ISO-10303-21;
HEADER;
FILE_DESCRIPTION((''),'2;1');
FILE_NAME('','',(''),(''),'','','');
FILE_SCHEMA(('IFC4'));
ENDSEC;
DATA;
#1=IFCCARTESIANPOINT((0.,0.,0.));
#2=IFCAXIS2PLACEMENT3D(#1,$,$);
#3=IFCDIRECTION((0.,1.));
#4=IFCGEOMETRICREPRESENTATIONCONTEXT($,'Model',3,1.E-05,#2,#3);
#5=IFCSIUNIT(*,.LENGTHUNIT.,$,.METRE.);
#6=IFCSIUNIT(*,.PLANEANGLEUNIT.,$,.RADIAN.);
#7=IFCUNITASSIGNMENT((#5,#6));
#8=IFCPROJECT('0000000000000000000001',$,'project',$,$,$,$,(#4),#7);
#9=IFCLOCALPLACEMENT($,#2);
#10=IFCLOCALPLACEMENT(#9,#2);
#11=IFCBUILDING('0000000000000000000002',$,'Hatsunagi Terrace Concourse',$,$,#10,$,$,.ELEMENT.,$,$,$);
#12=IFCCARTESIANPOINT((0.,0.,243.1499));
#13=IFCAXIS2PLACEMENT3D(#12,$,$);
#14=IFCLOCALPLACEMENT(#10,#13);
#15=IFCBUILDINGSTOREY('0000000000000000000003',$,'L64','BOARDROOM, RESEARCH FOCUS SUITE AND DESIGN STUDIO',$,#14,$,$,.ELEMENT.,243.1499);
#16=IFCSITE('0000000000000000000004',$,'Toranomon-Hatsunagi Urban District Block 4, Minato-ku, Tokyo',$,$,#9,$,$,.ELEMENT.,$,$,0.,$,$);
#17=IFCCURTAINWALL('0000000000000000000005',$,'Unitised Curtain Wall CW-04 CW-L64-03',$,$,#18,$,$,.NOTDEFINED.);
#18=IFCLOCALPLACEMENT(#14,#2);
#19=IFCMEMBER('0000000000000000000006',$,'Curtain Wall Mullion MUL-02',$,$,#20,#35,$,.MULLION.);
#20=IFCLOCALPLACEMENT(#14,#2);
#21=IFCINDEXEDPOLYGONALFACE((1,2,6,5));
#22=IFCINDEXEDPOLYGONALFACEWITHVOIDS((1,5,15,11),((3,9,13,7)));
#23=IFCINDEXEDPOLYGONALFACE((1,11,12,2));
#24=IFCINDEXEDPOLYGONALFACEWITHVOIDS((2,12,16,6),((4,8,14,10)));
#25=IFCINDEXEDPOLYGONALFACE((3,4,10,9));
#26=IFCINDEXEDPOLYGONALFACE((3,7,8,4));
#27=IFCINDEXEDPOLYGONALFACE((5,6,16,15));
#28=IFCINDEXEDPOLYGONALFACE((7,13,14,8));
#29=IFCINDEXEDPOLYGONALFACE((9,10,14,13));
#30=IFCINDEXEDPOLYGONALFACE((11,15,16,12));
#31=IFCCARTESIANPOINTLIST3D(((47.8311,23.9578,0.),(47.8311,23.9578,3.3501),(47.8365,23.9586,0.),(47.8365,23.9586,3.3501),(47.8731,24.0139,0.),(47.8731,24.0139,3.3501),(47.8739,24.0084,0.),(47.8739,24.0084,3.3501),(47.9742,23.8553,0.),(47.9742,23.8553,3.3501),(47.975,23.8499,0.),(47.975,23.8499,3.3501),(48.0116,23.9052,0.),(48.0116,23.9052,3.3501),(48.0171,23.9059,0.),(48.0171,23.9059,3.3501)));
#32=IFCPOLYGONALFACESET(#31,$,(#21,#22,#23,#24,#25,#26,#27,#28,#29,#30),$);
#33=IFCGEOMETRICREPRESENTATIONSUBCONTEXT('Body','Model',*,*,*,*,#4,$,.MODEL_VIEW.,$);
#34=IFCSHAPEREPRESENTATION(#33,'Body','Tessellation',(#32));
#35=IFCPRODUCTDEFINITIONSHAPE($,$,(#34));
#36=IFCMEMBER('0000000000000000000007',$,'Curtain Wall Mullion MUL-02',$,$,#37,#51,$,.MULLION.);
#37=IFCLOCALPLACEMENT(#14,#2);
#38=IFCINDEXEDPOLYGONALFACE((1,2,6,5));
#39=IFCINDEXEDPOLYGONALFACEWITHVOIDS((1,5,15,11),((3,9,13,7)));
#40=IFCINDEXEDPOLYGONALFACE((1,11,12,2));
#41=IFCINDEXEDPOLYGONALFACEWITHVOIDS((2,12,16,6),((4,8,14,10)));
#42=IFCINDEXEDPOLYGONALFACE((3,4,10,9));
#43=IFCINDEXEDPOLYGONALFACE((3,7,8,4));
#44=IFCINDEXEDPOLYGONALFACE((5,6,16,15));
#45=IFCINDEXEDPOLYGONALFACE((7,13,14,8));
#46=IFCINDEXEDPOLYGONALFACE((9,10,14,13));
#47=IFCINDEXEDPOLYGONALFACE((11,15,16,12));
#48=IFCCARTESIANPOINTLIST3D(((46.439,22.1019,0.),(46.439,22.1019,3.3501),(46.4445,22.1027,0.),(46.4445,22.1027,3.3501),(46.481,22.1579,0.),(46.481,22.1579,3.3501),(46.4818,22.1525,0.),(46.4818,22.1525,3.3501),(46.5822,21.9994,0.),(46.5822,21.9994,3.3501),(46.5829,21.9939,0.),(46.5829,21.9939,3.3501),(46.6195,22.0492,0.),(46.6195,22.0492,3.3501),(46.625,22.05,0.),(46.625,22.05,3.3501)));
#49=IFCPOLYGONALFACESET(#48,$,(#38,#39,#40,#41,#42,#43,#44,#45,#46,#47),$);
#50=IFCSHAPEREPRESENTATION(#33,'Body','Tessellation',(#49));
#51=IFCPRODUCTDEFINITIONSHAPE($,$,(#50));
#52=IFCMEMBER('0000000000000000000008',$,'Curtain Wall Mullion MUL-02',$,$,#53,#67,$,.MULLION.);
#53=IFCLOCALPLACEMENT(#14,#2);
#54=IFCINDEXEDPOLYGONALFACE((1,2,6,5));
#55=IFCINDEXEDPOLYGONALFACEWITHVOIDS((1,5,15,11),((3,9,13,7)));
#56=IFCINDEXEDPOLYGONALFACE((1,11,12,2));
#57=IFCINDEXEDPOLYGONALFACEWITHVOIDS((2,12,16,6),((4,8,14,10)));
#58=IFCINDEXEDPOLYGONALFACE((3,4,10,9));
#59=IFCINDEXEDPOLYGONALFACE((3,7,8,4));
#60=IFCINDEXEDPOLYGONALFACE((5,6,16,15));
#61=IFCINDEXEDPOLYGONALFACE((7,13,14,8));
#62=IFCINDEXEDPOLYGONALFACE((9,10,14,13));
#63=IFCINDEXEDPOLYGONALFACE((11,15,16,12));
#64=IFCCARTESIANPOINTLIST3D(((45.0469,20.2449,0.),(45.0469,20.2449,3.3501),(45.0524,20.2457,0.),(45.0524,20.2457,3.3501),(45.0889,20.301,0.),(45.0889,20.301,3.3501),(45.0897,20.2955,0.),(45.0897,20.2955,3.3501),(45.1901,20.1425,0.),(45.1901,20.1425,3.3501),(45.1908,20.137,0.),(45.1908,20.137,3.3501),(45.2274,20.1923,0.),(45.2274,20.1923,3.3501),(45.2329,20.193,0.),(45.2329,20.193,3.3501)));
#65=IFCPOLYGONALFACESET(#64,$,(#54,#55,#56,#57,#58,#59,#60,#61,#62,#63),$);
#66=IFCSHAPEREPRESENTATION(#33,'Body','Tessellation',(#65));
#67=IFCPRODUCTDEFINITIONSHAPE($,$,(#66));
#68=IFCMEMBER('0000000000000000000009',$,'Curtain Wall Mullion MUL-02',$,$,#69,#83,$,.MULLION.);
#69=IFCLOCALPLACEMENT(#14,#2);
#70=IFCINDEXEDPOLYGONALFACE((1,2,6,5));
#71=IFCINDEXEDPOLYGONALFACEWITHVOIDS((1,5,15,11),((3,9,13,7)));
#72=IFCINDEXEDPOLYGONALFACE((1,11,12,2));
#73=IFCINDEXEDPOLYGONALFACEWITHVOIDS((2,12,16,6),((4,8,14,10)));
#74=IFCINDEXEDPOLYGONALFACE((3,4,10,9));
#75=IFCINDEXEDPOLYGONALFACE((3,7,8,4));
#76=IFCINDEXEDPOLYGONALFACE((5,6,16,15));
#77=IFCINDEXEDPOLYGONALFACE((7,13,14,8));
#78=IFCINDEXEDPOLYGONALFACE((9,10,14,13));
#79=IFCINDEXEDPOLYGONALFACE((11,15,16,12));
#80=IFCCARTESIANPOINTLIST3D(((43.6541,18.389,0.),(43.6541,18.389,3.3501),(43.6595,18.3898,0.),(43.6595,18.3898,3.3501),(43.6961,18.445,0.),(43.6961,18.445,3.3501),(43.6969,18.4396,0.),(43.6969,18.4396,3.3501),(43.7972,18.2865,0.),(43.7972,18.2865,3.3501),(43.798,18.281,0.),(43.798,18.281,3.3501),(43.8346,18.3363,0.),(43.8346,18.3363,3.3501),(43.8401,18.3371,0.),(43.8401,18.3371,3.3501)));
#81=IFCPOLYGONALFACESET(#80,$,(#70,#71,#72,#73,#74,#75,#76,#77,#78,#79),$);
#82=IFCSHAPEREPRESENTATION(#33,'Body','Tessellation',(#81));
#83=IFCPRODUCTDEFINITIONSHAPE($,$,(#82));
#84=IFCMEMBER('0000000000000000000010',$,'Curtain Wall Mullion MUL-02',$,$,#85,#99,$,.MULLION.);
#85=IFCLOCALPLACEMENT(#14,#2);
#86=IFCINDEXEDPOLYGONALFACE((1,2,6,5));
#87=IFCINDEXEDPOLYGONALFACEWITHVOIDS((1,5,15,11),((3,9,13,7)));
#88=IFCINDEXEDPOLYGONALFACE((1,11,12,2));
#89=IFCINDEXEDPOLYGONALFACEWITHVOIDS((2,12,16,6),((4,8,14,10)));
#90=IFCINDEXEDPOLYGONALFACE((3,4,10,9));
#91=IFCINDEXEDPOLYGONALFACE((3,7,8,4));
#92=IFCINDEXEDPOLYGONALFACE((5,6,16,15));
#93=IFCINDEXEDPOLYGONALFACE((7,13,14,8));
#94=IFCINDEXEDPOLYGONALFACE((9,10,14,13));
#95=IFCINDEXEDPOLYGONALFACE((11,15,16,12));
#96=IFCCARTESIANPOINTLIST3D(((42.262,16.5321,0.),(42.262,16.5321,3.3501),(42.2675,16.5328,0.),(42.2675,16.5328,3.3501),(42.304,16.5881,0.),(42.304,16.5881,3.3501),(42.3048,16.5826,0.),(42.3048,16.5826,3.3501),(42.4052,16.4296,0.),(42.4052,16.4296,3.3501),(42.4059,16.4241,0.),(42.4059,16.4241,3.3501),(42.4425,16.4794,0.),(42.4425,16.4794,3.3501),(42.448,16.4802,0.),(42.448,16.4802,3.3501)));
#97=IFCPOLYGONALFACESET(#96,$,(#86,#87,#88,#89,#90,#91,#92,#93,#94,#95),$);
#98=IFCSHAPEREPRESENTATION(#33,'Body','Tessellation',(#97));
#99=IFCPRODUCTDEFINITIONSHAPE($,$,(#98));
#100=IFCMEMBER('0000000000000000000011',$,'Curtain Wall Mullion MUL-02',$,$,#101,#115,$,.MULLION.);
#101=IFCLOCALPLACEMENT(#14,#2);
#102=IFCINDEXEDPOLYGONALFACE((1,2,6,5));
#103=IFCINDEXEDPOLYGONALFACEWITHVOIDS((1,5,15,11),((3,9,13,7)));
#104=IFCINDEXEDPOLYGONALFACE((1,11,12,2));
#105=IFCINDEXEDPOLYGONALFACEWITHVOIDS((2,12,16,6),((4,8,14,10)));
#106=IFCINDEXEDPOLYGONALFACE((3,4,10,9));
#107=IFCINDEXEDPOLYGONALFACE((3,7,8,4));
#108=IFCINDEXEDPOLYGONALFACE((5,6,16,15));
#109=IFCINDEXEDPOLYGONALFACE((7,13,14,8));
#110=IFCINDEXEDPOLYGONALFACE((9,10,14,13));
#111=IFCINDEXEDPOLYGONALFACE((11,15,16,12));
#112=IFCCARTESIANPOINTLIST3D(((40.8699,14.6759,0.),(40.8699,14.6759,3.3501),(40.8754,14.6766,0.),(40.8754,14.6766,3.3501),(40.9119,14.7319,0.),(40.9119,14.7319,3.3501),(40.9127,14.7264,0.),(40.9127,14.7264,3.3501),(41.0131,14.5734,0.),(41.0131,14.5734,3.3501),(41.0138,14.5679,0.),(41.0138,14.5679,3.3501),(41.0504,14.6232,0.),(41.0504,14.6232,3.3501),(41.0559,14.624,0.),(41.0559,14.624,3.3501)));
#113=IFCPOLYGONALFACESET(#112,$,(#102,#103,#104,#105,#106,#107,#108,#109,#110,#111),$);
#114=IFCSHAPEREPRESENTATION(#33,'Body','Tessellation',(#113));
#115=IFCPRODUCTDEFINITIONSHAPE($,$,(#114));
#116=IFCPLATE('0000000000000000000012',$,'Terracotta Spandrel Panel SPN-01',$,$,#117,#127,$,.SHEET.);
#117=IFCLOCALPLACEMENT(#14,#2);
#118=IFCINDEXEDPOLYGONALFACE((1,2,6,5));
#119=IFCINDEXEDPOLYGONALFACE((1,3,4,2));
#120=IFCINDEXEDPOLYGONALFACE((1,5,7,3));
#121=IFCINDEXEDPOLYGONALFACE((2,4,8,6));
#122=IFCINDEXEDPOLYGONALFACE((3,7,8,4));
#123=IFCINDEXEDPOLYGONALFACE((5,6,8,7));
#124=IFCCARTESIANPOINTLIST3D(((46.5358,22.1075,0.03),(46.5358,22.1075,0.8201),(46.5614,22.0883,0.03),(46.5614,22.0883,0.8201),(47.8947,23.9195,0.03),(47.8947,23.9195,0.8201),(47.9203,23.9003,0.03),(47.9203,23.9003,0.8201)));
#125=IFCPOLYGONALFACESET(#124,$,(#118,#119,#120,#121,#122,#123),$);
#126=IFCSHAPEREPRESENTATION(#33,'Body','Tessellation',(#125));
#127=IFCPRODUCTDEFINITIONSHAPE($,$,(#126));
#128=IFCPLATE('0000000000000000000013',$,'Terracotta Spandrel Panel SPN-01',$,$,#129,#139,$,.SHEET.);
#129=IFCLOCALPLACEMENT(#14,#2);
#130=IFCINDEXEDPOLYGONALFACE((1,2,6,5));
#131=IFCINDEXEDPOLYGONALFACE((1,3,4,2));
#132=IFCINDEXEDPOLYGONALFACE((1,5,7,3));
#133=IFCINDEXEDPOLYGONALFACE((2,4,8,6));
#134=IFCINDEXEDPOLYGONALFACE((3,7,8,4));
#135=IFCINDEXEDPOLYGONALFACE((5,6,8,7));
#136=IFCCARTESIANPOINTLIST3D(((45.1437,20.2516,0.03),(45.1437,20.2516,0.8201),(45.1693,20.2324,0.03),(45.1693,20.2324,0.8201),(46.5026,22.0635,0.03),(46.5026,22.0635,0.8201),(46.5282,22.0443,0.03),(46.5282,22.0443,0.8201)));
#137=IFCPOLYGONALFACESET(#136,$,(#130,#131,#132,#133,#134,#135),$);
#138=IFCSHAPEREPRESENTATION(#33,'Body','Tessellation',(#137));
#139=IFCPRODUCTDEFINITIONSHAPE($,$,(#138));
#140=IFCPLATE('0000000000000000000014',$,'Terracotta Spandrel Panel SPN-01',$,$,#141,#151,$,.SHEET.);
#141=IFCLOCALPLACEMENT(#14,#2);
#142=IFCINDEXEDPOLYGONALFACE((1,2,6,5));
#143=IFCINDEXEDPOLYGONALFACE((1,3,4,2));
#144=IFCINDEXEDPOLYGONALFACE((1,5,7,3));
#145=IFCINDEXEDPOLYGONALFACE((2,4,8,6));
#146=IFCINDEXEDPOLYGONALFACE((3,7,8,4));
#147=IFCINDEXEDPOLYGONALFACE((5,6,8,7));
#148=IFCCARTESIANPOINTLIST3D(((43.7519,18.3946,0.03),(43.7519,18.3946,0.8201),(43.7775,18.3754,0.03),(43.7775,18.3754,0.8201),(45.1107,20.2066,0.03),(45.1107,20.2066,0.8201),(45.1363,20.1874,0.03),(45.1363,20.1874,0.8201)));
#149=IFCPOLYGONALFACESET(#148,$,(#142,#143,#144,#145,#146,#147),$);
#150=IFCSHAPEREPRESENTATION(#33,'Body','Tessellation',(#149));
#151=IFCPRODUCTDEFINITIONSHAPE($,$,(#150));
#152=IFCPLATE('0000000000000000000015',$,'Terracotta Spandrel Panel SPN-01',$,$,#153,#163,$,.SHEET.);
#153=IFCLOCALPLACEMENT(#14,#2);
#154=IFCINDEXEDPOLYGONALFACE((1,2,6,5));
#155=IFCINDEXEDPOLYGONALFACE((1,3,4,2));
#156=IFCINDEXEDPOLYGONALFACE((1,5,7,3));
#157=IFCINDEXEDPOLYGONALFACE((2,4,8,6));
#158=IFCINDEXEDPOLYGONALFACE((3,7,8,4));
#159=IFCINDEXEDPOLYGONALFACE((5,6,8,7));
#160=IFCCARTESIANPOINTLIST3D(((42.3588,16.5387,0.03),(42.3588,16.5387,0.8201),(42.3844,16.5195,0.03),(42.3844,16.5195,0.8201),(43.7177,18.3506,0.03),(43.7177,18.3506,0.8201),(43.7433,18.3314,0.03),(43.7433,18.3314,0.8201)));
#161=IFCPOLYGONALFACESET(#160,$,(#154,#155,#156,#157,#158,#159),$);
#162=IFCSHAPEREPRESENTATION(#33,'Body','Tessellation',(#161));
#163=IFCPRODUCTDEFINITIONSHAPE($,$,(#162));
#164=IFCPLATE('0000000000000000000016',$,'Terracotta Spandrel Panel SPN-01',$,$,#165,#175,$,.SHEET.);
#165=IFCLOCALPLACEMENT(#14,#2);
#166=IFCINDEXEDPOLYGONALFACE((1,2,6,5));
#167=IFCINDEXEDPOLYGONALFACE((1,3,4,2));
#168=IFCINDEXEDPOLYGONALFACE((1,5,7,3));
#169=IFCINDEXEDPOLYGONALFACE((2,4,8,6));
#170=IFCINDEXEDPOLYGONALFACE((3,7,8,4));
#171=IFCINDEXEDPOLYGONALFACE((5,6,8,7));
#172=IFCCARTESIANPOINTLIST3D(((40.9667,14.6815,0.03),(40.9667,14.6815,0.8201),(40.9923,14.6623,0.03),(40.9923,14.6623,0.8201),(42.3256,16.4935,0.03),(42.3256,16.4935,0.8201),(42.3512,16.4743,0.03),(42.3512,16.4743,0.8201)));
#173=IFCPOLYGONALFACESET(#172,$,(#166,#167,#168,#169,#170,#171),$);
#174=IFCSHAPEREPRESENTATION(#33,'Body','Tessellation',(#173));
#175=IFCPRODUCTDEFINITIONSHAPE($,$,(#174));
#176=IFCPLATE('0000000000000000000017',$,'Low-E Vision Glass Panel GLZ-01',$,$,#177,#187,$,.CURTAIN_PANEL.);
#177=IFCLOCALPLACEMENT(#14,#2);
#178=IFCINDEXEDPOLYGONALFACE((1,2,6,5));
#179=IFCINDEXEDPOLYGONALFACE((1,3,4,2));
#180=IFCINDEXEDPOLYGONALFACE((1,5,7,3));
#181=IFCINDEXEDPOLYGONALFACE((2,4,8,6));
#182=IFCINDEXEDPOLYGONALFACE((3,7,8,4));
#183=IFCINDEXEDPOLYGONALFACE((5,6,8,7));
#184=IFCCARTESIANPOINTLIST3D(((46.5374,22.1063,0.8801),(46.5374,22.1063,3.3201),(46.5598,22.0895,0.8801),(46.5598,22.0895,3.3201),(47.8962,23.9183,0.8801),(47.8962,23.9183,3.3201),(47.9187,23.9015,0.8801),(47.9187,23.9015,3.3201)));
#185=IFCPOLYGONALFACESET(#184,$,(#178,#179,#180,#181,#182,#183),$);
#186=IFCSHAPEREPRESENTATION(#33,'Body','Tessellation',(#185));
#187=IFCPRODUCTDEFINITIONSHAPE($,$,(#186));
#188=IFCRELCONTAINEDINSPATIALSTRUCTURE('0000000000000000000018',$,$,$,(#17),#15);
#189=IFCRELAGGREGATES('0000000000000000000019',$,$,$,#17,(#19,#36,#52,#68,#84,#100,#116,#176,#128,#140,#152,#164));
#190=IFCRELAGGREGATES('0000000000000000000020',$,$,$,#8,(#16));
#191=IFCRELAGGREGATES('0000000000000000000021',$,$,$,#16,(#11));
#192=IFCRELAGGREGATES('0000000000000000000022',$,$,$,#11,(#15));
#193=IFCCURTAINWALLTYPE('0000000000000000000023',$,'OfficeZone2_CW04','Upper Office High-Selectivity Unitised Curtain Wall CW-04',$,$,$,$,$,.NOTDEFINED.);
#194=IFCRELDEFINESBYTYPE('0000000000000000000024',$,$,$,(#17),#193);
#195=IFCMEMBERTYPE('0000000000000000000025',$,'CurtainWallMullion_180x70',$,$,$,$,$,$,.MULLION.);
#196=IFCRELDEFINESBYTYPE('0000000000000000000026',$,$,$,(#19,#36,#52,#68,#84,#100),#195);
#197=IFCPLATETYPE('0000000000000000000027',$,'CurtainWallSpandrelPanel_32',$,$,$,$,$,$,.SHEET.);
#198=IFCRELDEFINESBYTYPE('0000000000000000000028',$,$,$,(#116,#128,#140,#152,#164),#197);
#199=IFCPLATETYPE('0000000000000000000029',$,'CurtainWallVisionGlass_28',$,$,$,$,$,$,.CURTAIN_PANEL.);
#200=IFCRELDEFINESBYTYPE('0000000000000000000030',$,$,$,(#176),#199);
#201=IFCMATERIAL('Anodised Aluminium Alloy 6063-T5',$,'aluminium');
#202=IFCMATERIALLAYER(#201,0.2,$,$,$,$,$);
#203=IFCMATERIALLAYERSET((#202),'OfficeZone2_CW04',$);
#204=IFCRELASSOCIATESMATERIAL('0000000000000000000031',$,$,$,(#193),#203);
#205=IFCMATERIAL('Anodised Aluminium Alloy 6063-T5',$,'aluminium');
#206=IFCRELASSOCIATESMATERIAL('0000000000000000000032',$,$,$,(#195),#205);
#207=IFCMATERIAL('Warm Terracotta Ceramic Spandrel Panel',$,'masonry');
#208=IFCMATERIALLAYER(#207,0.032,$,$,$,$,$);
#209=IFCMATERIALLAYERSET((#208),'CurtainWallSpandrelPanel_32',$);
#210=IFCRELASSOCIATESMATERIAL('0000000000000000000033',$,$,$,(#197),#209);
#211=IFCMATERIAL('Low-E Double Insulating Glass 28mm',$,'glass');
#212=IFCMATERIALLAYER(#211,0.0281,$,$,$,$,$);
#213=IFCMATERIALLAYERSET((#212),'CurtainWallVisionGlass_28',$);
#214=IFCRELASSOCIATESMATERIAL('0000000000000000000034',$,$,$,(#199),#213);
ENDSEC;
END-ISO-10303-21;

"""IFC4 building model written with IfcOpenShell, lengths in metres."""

from ifc_helpers import new_model, si_unit, direction, frame, origin, origin_2d, place, context, subcontext, project, spatial, rectangle, hollow_rectangle, extrude, material, layer, layer_set, material_profile, profile_set, type_object, element, aggregate, save


model = new_model("IFC4")

# Units and contexts
model_context = context("Model", 3, precision=1e-05, world=origin(), true_north=direction((0.0, 1.0)))
body_context = subcontext(model_context, "Body", "Model", "MODEL_VIEW")
ifc_project = project(units=[si_unit("LENGTHUNIT", "METRE"), si_unit("PLANEANGLEUNIT", "RADIAN")], contexts=[model_context])

# Site, building, storey
site_placement = place(None, origin())
site = spatial("IfcSite", under=ifc_project, at=site_placement, Name="Toranomon-Hatsunagi Urban District Block 4, Minato-ku, Tokyo", CompositionType="ELEMENT", RefElevation=0.0)
building_placement = place(site_placement, origin())
building = spatial("IfcBuilding", under=site, at=building_placement, Name="Hatsunagi Terrace Concourse", CompositionType="ELEMENT")
storey_placement = place(building_placement, frame((0.0, 0.0, 243.1499)))
storey = spatial("IfcBuildingStorey", under=building, at=storey_placement, Name="L64", Description="BOARDROOM, RESEARCH FOCUS SUITE AND DESIGN STUDIO", CompositionType="ELEMENT", Elevation=243.1499)

# Curtain wall, members, plates
ifc_material_1 = material(Name="Anodised Aluminium Alloy 6063-T5", Category="aluminium")
ifc_layer_1 = layer(ifc_material_1, 0.2)
ifc_layer_set_1 = layer_set([ifc_layer_1], Name="OfficeZone2_CW04")
curtain_wall_type = type_object("IfcCurtainWallType", Name="OfficeZone2_CW04", Description="Upper Office High-Selectivity Unitised Curtain Wall CW-04", PredefinedType="NOTDEFINED", material=ifc_layer_set_1)
curtain_wall_placement = place(storey_placement, origin())
curtain_wall = element("IfcCurtainWall", 1, at=curtain_wall_placement, inside=storey, type_object=curtain_wall_type, Name="Unitised Curtain Wall CW-04 CW-L64-03", PredefinedType="NOTDEFINED")
ifc_material_2 = material(Name="Anodised Aluminium Alloy 6063-T5", Category="aluminium")
ifc_material_profile = material_profile(ifc_material_2, hollow_rectangle(XDim=0.0701, YDim=0.1799, WallThickness=0.0039, at=origin_2d()), Name="ALU-MUL-180x70x4")
ifc_profile_set = profile_set([ifc_material_profile], Name="Anodised Aluminium Alloy 6063-T5")
member_type = type_object("IfcMemberType", Name="CurtainWallMullion_180x70", PredefinedType="MULLION", material=ifc_profile_set)
member_1_placement = place(storey_placement, frame((47.9241, 23.9319, 0.0), z_axis=(0.0, 0.0, 1.0), x_axis=(-0.599969, -0.800023, 0.0)))
member_1 = element("IfcMember", 2, at=member_1_placement, type_object=member_type, Name="Curtain Wall Mullion MUL-02", PredefinedType="MULLION", context=body_context, shape_type="SweptSolid", body=[
    extrude(hollow_rectangle(XDim=0.0701, YDim=0.1799, WallThickness=0.0039, at=origin_2d()), origin(), (0.0, 0.0, 1.0), 3.3501),
])
member_2_placement = place(storey_placement, frame((46.532, 22.0759, 0.0), z_axis=(0.0, 0.0, 1.0), x_axis=(-0.599969, -0.800023, 0.0)))
member_2 = element("IfcMember", 3, at=member_2_placement, type_object=member_type, Name="Curtain Wall Mullion MUL-02", PredefinedType="MULLION", context=body_context, shape_type="SweptSolid", body=[
    extrude(hollow_rectangle(XDim=0.0701, YDim=0.1799, WallThickness=0.0039, at=origin_2d()), origin(), (0.0, 0.0, 1.0), 3.3501),
])
member_3_placement = place(storey_placement, frame((45.1399, 20.219, 0.0), z_axis=(0.0, 0.0, 1.0), x_axis=(-0.599969, -0.800023, 0.0)))
member_3 = element("IfcMember", 4, at=member_3_placement, type_object=member_type, Name="Curtain Wall Mullion MUL-02", PredefinedType="MULLION", context=body_context, shape_type="SweptSolid", body=[
    extrude(hollow_rectangle(XDim=0.0701, YDim=0.1799, WallThickness=0.0039, at=origin_2d()), origin(), (0.0, 0.0, 1.0), 3.3501),
])
member_4_placement = place(storey_placement, frame((43.7471, 18.363, 0.0), z_axis=(0.0, 0.0, 1.0), x_axis=(-0.599969, -0.800023, 0.0)))
member_4 = element("IfcMember", 5, at=member_4_placement, type_object=member_type, Name="Curtain Wall Mullion MUL-02", PredefinedType="MULLION", context=body_context, shape_type="SweptSolid", body=[
    extrude(hollow_rectangle(XDim=0.0701, YDim=0.1799, WallThickness=0.0039, at=origin_2d()), origin(), (0.0, 0.0, 1.0), 3.3501),
])
member_5_placement = place(storey_placement, frame((42.355, 16.5061, 0.0), z_axis=(0.0, 0.0, 1.0), x_axis=(-0.599969, -0.800023, 0.0)))
member_5 = element("IfcMember", 6, at=member_5_placement, type_object=member_type, Name="Curtain Wall Mullion MUL-02", PredefinedType="MULLION", context=body_context, shape_type="SweptSolid", body=[
    extrude(hollow_rectangle(XDim=0.0701, YDim=0.1799, WallThickness=0.0039, at=origin_2d()), origin(), (0.0, 0.0, 1.0), 3.3501),
])
member_6_placement = place(storey_placement, frame((40.9629, 14.6499, 0.0), z_axis=(0.0, 0.0, 1.0), x_axis=(-0.599969, -0.800023, 0.0)))
member_6 = element("IfcMember", 7, at=member_6_placement, type_object=member_type, Name="Curtain Wall Mullion MUL-02", PredefinedType="MULLION", context=body_context, shape_type="SweptSolid", body=[
    extrude(hollow_rectangle(XDim=0.0701, YDim=0.1799, WallThickness=0.0039, at=origin_2d()), origin(), (0.0, 0.0, 1.0), 3.3501),
])
ifc_material_3 = material(Name="Warm Terracotta Ceramic Spandrel Panel", Category="masonry")
ifc_layer_2 = layer(ifc_material_3, 0.032)
ifc_layer_set_2 = layer_set([ifc_layer_2], Name="CurtainWallSpandrelPanel_32")
plate_type_1 = type_object("IfcPlateType", Name="CurtainWallSpandrelPanel_32", PredefinedType="SHEET", material=ifc_layer_set_2)
plate_1_placement = place(storey_placement, frame((47.228, 23.0039, 0.03), z_axis=(0.0, 0.0, 1.0), x_axis=(-0.599969, -0.800023, 0.0)))
plate_1 = element("IfcPlate", 8, at=plate_1_placement, type_object=plate_type_1, Name="Terracotta Spandrel Panel SPN-01", PredefinedType="SHEET", context=body_context, shape_type="SweptSolid", body=[
    extrude(rectangle(XDim=2.2649, YDim=0.032, at=origin_2d()), origin(), (0.0, 0.0, 1.0), 0.79),
])
plate_2_placement = place(storey_placement, frame((45.8359, 21.1479, 0.03), z_axis=(0.0, 0.0, 1.0), x_axis=(-0.599969, -0.800023, 0.0)))
plate_2 = element("IfcPlate", 9, at=plate_2_placement, type_object=plate_type_1, Name="Terracotta Spandrel Panel SPN-01", PredefinedType="SHEET", context=body_context, shape_type="SweptSolid", body=[
    extrude(rectangle(XDim=2.2649, YDim=0.032, at=origin_2d()), origin(), (0.0, 0.0, 1.0), 0.79),
])
plate_3_placement = place(storey_placement, frame((44.4441, 19.291, 0.03), z_axis=(0.0, 0.0, 1.0), x_axis=(-0.599969, -0.800023, 0.0)))
plate_3 = element("IfcPlate", 10, at=plate_3_placement, type_object=plate_type_1, Name="Terracotta Spandrel Panel SPN-01", PredefinedType="SHEET", context=body_context, shape_type="SweptSolid", body=[
    extrude(rectangle(XDim=2.2649, YDim=0.032, at=origin_2d()), origin(), (0.0, 0.0, 1.0), 0.79),
])
plate_4_placement = place(storey_placement, frame((43.051, 17.4351, 0.03), z_axis=(0.0, 0.0, 1.0), x_axis=(-0.599969, -0.800023, 0.0)))
plate_4 = element("IfcPlate", 11, at=plate_4_placement, type_object=plate_type_1, Name="Terracotta Spandrel Panel SPN-01", PredefinedType="SHEET", context=body_context, shape_type="SweptSolid", body=[
    extrude(rectangle(XDim=2.2649, YDim=0.032, at=origin_2d()), origin(), (0.0, 0.0, 1.0), 0.79),
])
plate_5_placement = place(storey_placement, frame((41.6589, 15.5779, 0.03), z_axis=(0.0, 0.0, 1.0), x_axis=(-0.599969, -0.800023, 0.0)))
plate_5 = element("IfcPlate", 12, at=plate_5_placement, type_object=plate_type_1, Name="Terracotta Spandrel Panel SPN-01", PredefinedType="SHEET", context=body_context, shape_type="SweptSolid", body=[
    extrude(rectangle(XDim=2.2649, YDim=0.032, at=origin_2d()), origin(), (0.0, 0.0, 1.0), 0.79),
])
ifc_material_4 = material(Name="Low-E Double Insulating Glass 28mm", Category="glass")
ifc_layer_3 = layer(ifc_material_4, 0.0281)
ifc_layer_set_3 = layer_set([ifc_layer_3], Name="CurtainWallVisionGlass_28")
plate_type_2 = type_object("IfcPlateType", Name="CurtainWallVisionGlass_28", PredefinedType="CURTAIN_PANEL", material=ifc_layer_set_3)
plate_6_placement = place(storey_placement, frame((47.228, 23.0039, 0.8801), z_axis=(0.0, 0.0, 1.0), x_axis=(-0.599969, -0.800023, 0.0)))
plate_6 = element("IfcPlate", 13, at=plate_6_placement, type_object=plate_type_2, Name="Low-E Vision Glass Panel GLZ-01", PredefinedType="CURTAIN_PANEL", context=body_context, shape_type="SweptSolid", body=[
    extrude(rectangle(XDim=2.2649, YDim=0.0281, at=origin_2d()), origin(), (0.0, 0.0, 1.0), 2.4399),
])
aggregate(curtain_wall, [member_1, member_2, member_3, member_4, member_5, member_6, plate_1, plate_6, plate_2, plate_3, plate_4, plate_5])

save(model, "model.ifc")
